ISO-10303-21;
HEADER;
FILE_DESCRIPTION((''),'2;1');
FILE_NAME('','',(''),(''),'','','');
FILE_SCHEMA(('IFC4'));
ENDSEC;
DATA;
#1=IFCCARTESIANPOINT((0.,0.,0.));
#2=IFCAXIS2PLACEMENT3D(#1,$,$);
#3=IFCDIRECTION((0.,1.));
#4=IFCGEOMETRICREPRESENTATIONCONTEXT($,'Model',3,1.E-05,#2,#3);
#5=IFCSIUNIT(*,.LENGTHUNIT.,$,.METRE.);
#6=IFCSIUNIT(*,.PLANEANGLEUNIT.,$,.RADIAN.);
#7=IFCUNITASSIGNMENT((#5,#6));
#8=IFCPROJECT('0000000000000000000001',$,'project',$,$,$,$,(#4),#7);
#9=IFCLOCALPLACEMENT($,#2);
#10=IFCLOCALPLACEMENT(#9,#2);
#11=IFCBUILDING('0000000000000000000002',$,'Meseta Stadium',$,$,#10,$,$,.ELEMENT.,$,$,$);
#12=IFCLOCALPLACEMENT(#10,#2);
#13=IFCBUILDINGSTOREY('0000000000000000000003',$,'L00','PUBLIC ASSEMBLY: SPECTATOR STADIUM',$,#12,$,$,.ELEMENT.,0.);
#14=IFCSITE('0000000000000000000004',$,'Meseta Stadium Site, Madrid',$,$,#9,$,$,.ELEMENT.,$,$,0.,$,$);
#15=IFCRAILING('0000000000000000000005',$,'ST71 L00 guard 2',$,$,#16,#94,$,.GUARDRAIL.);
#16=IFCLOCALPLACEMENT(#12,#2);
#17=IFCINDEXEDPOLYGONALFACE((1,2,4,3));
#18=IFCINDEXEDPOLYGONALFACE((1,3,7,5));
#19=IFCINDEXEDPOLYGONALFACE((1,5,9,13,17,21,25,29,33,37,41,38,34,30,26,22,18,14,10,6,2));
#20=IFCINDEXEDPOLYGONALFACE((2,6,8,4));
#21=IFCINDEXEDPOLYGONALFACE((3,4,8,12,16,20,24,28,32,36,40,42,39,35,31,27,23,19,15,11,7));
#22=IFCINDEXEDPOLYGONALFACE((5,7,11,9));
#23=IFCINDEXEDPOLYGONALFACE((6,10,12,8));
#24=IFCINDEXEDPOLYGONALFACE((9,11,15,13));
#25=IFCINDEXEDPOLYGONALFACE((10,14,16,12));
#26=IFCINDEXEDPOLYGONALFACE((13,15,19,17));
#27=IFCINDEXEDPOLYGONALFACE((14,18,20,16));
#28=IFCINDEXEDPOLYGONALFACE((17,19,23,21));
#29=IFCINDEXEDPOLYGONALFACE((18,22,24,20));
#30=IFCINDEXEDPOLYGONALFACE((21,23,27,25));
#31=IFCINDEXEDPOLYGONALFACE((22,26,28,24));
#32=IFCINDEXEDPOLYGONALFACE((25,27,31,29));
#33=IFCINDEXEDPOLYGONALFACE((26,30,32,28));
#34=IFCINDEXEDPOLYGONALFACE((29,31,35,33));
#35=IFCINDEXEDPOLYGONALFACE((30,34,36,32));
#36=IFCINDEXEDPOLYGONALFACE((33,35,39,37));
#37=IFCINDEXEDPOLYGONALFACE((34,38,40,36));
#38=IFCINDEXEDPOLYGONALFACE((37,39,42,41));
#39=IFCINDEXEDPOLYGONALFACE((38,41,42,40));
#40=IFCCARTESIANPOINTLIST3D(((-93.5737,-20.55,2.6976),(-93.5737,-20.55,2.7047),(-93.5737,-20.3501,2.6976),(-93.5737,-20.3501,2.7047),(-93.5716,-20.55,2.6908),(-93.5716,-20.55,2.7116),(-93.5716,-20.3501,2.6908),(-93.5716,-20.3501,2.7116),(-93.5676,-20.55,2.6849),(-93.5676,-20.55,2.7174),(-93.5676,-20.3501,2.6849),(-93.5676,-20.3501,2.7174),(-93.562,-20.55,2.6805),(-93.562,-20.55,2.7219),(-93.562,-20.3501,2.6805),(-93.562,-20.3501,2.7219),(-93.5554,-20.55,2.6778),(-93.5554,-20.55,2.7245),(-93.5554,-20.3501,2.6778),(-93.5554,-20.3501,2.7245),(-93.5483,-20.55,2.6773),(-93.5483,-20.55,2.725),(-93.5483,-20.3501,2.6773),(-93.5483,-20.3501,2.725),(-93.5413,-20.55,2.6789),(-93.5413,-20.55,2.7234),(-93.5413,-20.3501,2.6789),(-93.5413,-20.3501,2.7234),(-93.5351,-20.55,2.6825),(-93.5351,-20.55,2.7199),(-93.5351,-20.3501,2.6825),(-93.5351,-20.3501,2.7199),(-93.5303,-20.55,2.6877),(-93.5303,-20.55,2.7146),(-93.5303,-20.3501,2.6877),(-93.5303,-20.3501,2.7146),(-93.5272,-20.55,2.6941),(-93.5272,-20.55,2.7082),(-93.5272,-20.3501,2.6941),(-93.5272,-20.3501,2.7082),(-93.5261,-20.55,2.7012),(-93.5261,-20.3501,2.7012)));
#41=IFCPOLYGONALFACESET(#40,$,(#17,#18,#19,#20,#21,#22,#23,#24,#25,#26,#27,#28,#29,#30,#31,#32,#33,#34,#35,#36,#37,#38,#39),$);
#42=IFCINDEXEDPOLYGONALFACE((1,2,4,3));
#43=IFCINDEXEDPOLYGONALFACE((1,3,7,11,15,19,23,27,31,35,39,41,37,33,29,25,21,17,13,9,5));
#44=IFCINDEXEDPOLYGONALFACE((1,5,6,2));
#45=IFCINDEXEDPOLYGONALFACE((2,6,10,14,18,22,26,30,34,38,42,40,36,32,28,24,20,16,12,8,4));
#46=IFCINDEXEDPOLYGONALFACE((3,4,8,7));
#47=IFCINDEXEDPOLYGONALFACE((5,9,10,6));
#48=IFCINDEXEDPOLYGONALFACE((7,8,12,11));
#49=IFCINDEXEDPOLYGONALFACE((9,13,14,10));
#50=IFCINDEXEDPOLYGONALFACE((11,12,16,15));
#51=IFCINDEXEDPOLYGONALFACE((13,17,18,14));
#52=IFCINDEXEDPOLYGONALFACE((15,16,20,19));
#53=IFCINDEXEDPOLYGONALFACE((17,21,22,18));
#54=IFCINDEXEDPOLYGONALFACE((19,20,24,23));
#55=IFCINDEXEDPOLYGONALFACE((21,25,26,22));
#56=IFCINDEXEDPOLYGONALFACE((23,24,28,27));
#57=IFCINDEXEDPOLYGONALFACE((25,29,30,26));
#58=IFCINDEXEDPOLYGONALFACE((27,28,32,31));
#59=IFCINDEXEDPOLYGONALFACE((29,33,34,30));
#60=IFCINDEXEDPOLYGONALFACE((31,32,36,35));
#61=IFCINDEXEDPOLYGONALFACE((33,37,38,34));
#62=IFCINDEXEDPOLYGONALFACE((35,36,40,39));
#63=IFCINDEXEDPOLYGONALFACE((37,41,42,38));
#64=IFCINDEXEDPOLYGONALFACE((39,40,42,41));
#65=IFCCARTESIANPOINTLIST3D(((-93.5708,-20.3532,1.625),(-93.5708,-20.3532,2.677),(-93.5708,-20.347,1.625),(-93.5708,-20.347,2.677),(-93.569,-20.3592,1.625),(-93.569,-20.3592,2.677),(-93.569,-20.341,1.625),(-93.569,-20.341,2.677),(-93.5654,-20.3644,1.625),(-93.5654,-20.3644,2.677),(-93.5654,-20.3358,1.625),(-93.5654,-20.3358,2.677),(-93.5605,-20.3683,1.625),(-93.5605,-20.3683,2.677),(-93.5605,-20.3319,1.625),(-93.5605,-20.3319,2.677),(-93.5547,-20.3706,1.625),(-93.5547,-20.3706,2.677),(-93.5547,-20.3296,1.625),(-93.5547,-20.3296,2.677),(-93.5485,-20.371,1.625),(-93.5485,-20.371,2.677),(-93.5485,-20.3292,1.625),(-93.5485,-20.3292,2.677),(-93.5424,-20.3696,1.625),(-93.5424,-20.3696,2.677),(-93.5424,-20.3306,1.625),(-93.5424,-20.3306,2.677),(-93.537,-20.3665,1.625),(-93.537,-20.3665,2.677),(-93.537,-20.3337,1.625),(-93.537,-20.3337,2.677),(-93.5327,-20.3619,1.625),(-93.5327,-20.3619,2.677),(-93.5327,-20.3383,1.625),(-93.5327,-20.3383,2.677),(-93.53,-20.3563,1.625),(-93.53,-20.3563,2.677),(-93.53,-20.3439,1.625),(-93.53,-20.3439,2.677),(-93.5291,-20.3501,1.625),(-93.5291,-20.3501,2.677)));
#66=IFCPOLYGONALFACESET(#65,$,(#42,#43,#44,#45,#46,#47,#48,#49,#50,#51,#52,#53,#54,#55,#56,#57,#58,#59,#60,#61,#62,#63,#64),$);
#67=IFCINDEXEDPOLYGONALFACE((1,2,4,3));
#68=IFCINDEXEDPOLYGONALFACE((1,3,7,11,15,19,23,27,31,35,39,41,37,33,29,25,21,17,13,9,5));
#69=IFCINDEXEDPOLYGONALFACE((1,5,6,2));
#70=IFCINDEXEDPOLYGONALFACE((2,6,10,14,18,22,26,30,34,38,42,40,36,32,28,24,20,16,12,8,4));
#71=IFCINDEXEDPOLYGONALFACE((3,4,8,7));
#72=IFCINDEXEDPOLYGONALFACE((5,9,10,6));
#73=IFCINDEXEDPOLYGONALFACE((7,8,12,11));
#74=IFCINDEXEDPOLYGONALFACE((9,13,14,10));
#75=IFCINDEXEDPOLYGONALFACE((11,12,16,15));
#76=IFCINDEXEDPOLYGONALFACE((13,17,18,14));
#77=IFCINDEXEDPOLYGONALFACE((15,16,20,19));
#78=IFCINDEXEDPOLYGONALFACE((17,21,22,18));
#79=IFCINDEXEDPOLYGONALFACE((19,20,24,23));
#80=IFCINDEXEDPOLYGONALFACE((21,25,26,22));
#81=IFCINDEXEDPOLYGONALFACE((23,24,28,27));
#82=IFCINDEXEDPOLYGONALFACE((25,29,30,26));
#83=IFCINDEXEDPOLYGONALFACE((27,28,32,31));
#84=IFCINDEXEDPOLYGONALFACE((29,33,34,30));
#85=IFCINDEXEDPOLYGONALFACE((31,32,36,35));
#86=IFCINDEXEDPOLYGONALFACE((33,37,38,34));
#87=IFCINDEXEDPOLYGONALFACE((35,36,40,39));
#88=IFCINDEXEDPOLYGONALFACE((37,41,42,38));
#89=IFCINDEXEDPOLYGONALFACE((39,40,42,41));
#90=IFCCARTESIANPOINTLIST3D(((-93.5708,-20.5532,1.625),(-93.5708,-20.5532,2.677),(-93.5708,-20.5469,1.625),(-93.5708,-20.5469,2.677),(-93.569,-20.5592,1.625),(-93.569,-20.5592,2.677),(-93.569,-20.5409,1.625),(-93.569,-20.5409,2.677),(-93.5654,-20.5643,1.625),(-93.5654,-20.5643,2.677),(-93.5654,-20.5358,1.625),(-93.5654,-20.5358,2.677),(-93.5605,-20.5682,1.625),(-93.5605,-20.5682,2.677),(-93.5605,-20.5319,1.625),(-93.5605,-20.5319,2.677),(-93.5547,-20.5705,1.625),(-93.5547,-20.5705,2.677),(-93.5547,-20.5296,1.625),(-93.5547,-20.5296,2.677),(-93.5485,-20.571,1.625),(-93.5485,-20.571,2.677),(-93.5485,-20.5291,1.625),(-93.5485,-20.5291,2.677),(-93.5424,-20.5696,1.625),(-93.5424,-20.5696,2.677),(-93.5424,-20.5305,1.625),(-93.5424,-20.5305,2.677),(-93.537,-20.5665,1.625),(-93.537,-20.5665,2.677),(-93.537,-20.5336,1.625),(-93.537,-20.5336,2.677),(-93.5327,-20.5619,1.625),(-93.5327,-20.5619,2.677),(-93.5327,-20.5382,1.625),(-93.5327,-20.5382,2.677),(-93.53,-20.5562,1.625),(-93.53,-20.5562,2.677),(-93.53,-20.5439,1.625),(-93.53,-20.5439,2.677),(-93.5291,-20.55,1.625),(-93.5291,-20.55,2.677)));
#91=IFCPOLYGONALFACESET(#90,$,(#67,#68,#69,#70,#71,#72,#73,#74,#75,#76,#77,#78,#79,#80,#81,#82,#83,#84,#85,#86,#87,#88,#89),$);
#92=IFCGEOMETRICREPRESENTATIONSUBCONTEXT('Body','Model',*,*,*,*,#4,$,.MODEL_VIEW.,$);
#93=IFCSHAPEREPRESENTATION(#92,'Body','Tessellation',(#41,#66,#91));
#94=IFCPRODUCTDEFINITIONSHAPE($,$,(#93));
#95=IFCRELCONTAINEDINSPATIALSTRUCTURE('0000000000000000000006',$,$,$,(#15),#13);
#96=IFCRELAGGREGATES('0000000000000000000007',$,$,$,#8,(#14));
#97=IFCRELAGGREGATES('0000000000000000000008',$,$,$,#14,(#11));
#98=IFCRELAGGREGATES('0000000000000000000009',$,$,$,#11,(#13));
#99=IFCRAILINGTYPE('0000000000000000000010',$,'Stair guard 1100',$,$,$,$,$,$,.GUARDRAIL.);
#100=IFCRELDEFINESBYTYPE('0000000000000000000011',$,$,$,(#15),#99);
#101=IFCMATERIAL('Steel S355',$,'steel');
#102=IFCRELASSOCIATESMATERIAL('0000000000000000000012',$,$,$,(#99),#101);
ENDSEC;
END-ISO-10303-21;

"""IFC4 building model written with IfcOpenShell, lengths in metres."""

from ifc_helpers import new_model, si_unit, direction, frame, origin, origin_2d, place, context, subcontext, project, spatial, circle, extrude, material, type_object, element, save


model = new_model("IFC4")

# Units and contexts
model_context = context("Model", 3, precision=1e-05, world=origin(), true_north=direction((0.0, 1.0)))
body_context = subcontext(model_context, "Body", "Model", "MODEL_VIEW")
ifc_project = project(units=[si_unit("LENGTHUNIT", "METRE"), si_unit("PLANEANGLEUNIT", "RADIAN")], contexts=[model_context])

# Site, building, storey
site_placement = place(None, origin())
site = spatial("IfcSite", under=ifc_project, at=site_placement, Name="Meseta Stadium Site, Madrid", CompositionType="ELEMENT", RefElevation=0.0)
building_placement = place(site_placement, origin())
building = spatial("IfcBuilding", under=site, at=building_placement, Name="Meseta Stadium", CompositionType="ELEMENT")
storey_placement = place(building_placement, origin())
storey = spatial("IfcBuildingStorey", under=building, at=storey_placement, Name="L00", Description="PUBLIC ASSEMBLY: SPECTATOR STADIUM", CompositionType="ELEMENT", Elevation=0.0)

# Railing
ifc_material_1 = material(Name="Steel S355", Category="steel")
railing_type_1 = type_object("IfcRailingType", Name="Stair guard 1100", PredefinedType="GUARDRAIL", material=ifc_material_1)
railing_1_placement = place(storey_placement, frame((-93.55, -20.3501, 1.625)))
element("IfcRailing", 1, at=railing_1_placement, inside=storey, type_object=railing_type_1, Name="ST71 L00 guard 2", PredefinedType="GUARDRAIL", context=body_context, shape_type="SweptSolid", body=[
    extrude(circle(Radius=0.0239, at=origin_2d()), frame((0.0, 0.0, 1.0762), z_axis=(0.0, -1.0, 0.0), x_axis=(1.0, 0.0, 0.0)), (0.0, 0.0, 1.0), 0.2),
    extrude(circle(Radius=0.021, at=origin_2d()), origin(), (0.0, 0.0, 1.0), 1.052),
    extrude(circle(Radius=0.021, at=origin_2d()), frame((0.0, -0.2, 0.0)), (0.0, 0.0, 1.0), 1.052),
])

save(model, "model.ifc")
